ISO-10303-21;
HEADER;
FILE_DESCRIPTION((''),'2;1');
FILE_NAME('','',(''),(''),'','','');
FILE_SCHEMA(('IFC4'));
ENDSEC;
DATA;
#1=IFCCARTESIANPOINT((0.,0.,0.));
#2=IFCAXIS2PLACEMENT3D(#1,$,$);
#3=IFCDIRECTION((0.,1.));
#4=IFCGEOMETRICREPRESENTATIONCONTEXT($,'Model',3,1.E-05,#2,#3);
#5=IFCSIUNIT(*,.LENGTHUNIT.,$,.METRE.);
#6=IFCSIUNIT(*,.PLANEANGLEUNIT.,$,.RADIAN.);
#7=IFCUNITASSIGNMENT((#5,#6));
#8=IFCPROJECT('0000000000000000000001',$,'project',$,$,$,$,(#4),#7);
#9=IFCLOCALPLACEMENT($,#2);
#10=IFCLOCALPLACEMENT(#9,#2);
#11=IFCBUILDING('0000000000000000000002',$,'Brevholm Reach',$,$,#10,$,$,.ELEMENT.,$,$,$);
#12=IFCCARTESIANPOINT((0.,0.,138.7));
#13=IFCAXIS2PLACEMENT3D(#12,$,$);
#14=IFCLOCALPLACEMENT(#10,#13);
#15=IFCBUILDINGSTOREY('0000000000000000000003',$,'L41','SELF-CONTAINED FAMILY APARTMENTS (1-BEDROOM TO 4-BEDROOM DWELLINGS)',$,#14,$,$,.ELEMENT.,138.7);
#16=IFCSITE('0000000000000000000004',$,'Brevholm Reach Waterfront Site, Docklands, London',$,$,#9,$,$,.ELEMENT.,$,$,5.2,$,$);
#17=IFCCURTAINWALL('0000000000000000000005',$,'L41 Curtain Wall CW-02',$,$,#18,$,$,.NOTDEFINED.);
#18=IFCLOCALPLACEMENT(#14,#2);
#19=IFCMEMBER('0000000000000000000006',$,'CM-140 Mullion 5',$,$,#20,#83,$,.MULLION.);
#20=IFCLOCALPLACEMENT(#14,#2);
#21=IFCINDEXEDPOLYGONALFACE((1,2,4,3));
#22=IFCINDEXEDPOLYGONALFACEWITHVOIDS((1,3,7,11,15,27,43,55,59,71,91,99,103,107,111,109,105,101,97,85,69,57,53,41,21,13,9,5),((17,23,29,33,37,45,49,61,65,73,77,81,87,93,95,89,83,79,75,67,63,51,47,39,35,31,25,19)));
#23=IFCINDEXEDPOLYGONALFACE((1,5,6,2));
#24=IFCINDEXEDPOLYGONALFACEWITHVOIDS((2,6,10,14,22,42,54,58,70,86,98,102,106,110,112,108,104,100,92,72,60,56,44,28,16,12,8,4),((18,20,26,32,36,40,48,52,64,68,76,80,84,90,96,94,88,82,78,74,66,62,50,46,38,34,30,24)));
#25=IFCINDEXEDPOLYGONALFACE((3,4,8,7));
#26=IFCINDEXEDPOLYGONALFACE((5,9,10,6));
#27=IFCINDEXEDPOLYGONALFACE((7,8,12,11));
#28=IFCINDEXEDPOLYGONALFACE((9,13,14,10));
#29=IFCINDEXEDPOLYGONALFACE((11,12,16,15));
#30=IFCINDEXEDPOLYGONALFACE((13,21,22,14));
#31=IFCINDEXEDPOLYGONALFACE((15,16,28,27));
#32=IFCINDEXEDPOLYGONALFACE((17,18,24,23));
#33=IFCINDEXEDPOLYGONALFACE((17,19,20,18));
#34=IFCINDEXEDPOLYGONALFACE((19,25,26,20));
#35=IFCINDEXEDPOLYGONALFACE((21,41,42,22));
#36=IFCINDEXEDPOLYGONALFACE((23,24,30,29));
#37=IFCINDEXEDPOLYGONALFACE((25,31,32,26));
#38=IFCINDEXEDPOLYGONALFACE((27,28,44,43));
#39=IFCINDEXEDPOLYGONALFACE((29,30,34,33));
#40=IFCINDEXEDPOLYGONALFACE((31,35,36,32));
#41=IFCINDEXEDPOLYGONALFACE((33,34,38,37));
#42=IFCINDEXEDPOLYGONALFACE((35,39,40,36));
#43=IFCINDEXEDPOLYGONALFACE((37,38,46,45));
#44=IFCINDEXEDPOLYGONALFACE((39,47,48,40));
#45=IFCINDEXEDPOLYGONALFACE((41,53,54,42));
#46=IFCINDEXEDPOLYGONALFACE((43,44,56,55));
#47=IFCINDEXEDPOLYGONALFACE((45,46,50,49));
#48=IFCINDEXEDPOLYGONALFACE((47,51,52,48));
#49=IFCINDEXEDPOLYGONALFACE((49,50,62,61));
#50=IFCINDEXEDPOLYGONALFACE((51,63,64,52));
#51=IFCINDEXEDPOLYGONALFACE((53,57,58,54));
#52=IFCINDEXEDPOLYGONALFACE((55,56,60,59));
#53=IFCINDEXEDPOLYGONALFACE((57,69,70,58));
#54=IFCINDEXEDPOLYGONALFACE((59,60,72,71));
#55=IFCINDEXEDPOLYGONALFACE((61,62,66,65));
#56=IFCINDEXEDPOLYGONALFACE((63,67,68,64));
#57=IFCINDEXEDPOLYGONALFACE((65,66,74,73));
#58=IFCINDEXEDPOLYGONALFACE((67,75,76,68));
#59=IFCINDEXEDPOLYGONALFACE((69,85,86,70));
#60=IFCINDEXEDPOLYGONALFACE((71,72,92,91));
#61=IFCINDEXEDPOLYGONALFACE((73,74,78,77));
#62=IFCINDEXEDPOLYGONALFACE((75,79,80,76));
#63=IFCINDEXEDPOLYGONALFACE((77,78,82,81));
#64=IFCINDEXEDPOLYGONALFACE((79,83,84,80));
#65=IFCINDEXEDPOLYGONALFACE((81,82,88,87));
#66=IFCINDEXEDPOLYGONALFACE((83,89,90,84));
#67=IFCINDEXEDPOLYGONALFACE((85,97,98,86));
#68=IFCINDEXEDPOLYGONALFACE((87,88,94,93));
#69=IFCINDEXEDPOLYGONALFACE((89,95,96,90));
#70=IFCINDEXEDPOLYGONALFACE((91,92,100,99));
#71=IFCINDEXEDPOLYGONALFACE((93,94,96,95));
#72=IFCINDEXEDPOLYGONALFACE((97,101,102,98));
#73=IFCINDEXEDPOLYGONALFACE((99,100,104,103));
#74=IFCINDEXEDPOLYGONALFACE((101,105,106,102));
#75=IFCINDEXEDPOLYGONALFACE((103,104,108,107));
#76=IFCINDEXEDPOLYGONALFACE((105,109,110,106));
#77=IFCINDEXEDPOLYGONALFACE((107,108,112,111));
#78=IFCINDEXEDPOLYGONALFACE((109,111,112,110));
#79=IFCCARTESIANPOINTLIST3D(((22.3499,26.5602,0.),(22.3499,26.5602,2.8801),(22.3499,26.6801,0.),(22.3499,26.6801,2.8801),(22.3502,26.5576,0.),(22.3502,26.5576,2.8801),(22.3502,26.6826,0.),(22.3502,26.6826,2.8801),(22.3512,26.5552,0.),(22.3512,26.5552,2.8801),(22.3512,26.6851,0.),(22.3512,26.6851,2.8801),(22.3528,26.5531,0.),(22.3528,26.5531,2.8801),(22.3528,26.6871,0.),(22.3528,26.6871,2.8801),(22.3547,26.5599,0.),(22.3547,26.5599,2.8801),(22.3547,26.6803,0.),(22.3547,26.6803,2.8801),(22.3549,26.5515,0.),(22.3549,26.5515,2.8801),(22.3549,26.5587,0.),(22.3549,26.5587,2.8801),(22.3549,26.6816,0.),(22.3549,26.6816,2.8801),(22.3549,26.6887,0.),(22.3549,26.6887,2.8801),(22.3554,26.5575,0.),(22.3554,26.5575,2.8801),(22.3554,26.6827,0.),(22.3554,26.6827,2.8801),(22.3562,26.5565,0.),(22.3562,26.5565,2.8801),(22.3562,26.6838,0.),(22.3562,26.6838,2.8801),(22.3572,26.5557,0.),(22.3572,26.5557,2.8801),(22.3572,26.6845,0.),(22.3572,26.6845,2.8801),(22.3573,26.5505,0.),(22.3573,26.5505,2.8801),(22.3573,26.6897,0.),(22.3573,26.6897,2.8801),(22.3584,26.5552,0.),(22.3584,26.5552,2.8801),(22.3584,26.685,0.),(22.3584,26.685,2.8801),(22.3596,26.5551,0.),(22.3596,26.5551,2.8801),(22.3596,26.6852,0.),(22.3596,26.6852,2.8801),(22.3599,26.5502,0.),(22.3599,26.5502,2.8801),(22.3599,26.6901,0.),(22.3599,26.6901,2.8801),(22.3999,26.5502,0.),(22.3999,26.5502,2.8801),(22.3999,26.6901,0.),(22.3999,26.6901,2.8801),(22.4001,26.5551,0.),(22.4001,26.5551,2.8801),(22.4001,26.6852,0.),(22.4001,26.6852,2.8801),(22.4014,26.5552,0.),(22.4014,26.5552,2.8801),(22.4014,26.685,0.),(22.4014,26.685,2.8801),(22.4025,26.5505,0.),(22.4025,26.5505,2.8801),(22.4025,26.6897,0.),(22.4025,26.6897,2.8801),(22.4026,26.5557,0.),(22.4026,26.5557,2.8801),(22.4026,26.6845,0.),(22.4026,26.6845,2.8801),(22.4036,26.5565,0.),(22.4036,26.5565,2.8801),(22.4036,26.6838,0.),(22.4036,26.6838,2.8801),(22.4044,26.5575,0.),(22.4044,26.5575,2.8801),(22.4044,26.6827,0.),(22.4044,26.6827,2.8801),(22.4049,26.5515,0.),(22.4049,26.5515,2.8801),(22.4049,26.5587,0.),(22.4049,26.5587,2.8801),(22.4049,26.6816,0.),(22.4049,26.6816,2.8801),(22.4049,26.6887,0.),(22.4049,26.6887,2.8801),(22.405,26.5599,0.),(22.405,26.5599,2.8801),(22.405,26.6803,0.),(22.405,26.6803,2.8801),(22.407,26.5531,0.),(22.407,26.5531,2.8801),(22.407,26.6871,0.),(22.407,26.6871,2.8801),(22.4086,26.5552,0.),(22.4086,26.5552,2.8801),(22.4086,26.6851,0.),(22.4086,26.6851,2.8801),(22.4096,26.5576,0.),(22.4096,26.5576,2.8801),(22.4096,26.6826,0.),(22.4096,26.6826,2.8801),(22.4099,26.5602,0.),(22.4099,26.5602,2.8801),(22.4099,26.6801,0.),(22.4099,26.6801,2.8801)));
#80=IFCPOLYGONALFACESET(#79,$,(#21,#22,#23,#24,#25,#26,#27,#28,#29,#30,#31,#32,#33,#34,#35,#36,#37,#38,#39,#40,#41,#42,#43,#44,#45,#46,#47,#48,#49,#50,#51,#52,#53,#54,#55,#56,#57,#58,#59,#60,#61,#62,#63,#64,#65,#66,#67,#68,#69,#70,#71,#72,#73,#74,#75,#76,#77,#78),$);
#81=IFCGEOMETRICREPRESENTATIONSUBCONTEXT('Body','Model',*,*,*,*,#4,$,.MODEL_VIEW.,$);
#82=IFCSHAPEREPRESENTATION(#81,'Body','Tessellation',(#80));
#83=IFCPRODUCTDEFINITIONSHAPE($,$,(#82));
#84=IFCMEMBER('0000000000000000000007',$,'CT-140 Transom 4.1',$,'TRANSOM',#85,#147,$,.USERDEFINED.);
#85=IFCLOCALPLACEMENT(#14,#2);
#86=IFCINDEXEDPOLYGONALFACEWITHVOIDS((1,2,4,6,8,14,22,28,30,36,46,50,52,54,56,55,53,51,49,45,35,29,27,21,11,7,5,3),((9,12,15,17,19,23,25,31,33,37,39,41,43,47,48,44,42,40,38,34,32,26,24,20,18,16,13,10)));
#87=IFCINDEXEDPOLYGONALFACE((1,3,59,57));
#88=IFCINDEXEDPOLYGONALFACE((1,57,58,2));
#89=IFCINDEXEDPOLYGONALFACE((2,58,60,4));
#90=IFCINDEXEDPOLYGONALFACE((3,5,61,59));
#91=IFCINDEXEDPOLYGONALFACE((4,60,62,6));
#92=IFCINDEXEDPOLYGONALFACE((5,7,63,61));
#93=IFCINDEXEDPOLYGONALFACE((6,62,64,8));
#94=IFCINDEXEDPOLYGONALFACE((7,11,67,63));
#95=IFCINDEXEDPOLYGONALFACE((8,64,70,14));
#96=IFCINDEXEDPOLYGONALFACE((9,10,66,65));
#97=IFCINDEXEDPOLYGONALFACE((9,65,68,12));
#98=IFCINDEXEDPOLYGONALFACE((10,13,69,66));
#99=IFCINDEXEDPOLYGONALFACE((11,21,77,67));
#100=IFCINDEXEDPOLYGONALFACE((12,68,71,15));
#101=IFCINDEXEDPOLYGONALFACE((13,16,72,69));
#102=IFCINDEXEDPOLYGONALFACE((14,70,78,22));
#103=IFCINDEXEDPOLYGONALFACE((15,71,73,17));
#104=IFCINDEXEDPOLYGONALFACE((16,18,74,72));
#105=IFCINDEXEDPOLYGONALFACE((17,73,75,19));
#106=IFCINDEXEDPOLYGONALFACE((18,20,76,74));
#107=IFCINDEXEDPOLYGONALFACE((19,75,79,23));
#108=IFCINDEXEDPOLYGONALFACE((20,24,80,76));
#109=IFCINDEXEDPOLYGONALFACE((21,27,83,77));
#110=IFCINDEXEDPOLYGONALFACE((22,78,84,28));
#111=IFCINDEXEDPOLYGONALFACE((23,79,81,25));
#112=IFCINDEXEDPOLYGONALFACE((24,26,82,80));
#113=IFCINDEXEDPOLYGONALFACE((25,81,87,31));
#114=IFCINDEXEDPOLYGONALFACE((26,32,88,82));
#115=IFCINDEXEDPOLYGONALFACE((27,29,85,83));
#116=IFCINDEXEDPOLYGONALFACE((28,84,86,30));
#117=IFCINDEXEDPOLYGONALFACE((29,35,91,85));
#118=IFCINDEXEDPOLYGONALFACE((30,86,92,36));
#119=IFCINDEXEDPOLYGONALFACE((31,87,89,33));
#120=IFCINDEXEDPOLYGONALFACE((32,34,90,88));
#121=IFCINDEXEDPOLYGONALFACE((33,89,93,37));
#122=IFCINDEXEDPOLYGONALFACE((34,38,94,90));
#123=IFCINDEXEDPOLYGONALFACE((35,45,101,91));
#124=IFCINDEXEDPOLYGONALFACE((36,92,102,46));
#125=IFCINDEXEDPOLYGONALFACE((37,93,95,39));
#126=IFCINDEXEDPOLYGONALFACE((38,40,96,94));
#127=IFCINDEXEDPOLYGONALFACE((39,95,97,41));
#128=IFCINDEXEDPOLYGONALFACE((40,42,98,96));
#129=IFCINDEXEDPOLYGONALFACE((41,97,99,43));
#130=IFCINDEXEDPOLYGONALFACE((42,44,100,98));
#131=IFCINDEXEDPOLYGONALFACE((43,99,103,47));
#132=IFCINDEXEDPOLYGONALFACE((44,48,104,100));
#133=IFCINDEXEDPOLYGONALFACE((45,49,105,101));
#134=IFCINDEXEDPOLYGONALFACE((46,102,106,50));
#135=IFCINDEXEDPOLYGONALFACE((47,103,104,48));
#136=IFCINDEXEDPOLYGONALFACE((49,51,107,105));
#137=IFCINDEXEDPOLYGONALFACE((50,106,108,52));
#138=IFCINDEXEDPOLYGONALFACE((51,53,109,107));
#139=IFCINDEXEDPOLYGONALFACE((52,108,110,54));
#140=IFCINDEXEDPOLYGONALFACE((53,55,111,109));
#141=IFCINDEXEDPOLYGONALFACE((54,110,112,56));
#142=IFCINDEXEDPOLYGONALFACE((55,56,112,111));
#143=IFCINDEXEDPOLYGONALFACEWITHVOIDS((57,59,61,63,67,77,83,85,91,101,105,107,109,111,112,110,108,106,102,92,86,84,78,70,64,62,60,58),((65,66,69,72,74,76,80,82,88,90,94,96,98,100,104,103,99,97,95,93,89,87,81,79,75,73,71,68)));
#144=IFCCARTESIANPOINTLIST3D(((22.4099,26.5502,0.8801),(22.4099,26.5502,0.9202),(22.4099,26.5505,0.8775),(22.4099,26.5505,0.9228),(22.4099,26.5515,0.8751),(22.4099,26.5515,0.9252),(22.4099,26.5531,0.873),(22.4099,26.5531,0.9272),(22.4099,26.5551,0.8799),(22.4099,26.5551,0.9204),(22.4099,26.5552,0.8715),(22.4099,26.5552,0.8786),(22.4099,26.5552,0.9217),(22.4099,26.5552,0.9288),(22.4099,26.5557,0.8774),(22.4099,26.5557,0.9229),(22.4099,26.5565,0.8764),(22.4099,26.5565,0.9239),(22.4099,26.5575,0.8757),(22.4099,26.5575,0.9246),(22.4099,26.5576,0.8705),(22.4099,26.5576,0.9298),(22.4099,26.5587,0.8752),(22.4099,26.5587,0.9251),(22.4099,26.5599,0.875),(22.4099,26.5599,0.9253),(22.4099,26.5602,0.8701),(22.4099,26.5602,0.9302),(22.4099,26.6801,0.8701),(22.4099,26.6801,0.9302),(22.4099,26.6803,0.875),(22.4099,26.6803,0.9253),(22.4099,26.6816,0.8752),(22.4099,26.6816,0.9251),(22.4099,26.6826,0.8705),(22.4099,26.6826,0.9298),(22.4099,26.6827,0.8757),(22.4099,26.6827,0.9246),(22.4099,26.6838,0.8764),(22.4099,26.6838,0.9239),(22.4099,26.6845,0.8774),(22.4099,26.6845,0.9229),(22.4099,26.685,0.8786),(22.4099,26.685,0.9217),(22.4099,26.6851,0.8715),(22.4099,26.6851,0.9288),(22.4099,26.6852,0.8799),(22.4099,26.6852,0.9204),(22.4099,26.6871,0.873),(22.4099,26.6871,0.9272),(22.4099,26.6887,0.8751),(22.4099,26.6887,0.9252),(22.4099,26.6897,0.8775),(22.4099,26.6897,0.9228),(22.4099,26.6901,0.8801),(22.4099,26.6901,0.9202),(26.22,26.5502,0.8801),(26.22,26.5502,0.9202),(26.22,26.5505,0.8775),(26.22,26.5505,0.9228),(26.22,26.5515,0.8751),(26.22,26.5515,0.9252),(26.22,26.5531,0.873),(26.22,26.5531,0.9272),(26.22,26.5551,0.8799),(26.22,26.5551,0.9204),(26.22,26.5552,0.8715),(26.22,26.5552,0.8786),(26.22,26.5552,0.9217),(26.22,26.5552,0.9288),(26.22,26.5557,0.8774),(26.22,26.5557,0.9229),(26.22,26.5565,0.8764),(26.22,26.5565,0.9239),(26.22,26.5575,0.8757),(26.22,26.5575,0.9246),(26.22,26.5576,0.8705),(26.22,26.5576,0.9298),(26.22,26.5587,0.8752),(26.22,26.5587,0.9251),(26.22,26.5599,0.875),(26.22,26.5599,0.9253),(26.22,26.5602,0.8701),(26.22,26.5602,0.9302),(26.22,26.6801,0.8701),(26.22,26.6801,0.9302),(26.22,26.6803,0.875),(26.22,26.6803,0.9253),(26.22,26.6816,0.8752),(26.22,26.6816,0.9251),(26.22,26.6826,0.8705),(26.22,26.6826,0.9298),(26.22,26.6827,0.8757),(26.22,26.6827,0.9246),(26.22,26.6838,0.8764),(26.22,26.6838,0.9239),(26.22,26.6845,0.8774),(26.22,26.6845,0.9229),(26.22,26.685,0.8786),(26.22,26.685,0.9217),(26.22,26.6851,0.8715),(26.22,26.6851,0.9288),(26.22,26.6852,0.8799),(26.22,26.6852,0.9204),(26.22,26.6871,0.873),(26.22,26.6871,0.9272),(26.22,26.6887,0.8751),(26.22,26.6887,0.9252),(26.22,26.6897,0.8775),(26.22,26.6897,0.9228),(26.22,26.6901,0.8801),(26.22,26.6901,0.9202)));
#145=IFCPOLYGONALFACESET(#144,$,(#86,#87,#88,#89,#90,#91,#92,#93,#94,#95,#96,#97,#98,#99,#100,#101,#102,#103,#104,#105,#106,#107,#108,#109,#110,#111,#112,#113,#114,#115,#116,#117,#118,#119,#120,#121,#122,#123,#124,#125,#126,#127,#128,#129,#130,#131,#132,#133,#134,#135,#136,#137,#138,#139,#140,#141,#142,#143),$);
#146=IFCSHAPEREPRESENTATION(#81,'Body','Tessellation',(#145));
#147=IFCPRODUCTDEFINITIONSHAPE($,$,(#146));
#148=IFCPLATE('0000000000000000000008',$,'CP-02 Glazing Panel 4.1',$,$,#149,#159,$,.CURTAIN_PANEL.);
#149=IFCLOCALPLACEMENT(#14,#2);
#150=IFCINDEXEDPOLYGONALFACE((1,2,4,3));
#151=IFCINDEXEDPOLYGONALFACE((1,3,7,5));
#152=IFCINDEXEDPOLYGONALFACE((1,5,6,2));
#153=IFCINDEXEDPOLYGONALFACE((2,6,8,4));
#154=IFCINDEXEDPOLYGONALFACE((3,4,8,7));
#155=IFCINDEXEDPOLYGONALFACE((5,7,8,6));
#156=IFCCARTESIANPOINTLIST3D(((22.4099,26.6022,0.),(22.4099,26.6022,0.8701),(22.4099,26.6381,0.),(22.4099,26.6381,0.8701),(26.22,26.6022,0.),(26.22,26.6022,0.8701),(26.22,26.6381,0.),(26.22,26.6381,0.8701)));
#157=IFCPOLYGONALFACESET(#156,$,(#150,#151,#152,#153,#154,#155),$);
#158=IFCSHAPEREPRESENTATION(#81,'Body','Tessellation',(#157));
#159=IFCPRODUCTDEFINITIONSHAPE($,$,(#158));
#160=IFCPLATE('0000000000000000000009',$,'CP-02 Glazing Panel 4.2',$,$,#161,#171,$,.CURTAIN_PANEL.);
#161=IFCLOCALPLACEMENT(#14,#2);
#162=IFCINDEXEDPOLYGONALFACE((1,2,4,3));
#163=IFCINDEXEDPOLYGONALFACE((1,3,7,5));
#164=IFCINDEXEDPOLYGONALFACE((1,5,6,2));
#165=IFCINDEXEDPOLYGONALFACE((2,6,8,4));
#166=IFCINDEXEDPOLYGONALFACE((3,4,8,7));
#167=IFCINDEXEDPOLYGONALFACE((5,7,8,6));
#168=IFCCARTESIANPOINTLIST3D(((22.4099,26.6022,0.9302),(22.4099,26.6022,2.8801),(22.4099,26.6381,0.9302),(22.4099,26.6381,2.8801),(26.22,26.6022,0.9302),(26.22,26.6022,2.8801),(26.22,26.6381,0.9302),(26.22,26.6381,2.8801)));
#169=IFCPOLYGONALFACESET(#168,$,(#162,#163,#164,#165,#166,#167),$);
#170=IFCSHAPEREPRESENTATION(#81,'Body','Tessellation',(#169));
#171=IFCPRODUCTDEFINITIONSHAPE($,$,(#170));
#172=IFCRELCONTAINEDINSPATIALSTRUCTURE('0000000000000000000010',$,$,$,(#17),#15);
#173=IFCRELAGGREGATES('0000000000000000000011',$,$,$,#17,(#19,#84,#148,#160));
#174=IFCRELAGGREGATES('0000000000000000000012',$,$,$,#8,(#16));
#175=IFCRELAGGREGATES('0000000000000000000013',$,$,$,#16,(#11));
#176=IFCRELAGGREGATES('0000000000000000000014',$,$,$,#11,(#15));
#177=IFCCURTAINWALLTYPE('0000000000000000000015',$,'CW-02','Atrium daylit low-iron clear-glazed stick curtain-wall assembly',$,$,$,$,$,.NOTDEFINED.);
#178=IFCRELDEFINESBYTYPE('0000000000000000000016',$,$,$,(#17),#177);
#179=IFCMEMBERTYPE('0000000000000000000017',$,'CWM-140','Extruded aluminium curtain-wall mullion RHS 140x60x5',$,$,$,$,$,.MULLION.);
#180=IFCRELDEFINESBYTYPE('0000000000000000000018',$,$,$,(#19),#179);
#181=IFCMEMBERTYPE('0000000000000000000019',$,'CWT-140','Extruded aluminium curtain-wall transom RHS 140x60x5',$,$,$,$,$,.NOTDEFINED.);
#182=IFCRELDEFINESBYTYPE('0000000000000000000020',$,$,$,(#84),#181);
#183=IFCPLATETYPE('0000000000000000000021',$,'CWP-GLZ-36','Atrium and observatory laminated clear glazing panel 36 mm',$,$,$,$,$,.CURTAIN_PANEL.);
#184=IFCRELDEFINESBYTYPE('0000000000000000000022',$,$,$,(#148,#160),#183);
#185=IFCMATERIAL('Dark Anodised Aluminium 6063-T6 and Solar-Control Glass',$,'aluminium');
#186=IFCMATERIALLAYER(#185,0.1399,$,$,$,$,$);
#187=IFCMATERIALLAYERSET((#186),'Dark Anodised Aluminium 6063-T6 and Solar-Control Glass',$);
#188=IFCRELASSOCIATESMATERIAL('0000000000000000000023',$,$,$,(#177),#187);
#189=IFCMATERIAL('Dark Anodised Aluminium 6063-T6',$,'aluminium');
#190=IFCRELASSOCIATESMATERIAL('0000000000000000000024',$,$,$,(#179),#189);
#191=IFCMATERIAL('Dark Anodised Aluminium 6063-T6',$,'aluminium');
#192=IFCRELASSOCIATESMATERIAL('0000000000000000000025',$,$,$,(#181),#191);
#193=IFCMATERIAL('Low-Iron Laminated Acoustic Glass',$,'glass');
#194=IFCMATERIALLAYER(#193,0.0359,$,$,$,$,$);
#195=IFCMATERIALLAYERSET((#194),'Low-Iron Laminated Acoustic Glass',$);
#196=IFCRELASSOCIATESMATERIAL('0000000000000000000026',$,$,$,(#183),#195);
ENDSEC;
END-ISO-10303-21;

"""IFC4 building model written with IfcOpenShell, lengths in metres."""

from ifc_helpers import new_model, si_unit, direction, frame, origin, origin_2d, place, context, subcontext, project, spatial, rectangle, hollow_rectangle, extrude, material, layer, layer_set, material_profile, profile_set, type_object, element, aggregate, save


model = new_model("IFC4")

# Units and contexts
model_context = context("Model", 3, precision=1e-05, world=origin(), true_north=direction((0.0, 1.0)))
body_context = subcontext(model_context, "Body", "Model", "MODEL_VIEW")
ifc_project = project(units=[si_unit("LENGTHUNIT", "METRE"), si_unit("PLANEANGLEUNIT", "RADIAN")], contexts=[model_context])

# Site, building, storey
site_placement = place(None, origin())
site = spatial("IfcSite", under=ifc_project, at=site_placement, Name="Brevholm Reach Waterfront Site, Docklands, London", CompositionType="ELEMENT", RefElevation=5.2)
building_placement = place(site_placement, origin())
building = spatial("IfcBuilding", under=site, at=building_placement, Name="Brevholm Reach", CompositionType="ELEMENT")
storey_placement = place(building_placement, frame((0.0, 0.0, 138.7)))
storey = spatial("IfcBuildingStorey", under=building, at=storey_placement, Name="L41", Description="SELF-CONTAINED FAMILY APARTMENTS (1-BEDROOM TO 4-BEDROOM DWELLINGS)", CompositionType="ELEMENT", Elevation=138.7)

# Curtain wall, members, plates
ifc_material_1 = material(Name="Dark Anodised Aluminium 6063-T6 and Solar-Control Glass", Category="aluminium")
ifc_layer_1 = layer(ifc_material_1, 0.1399)
ifc_layer_set_1 = layer_set([ifc_layer_1], Name="Dark Anodised Aluminium 6063-T6 and Solar-Control Glass")
curtain_wall_type = type_object("IfcCurtainWallType", Name="CW-02", Description="Atrium daylit low-iron clear-glazed stick curtain-wall assembly", PredefinedType="NOTDEFINED", material=ifc_layer_set_1)
curtain_wall_placement = place(storey_placement, origin())
curtain_wall = element("IfcCurtainWall", 1, at=curtain_wall_placement, inside=storey, type_object=curtain_wall_type, Name="L41 Curtain Wall CW-02", PredefinedType="NOTDEFINED")
ifc_material_2 = material(Name="Dark Anodised Aluminium 6063-T6", Category="aluminium")
ifc_material_profile_1 = material_profile(ifc_material_2, hollow_rectangle(XDim=0.0601, YDim=0.1399, WallThickness=0.0049, InnerFilletRadius=0.0049, OuterFilletRadius=0.01, at=origin_2d()), Name="RHS 140x60x5")
ifc_profile_set_1 = profile_set([ifc_material_profile_1], Name="Dark Anodised Aluminium 6063-T6")
member_type_1 = type_object("IfcMemberType", Name="CWM-140", Description="Extruded aluminium curtain-wall mullion RHS 140x60x5", PredefinedType="MULLION", material=ifc_profile_set_1)
member_1_placement = place(storey_placement, frame((22.3799, 26.6201, 0.0), z_axis=(0.0, 0.0, 1.0), x_axis=(-1.0, 0.0, 0.0)))
member_1 = element("IfcMember", 2, at=member_1_placement, type_object=member_type_1, Name="CM-140 Mullion 5", PredefinedType="MULLION", context=body_context, shape_type="SweptSolid", body=[
    extrude(hollow_rectangle(XDim=0.0601, YDim=0.1399, WallThickness=0.0049, InnerFilletRadius=0.0049, OuterFilletRadius=0.01, at=origin_2d()), origin(), (0.0, 0.0, 1.0), 2.8801),
])
ifc_material_3 = material(Name="Dark Anodised Aluminium 6063-T6", Category="aluminium")
ifc_material_profile_2 = material_profile(ifc_material_3, hollow_rectangle(XDim=0.0601, YDim=0.1399, WallThickness=0.0049, InnerFilletRadius=0.0049, OuterFilletRadius=0.01, at=origin_2d()), Name="RHS 140x60x5")
ifc_profile_set_2 = profile_set([ifc_material_profile_2], Name="Dark Anodised Aluminium 6063-T6")
member_type_2 = type_object("IfcMemberType", Name="CWT-140", Description="Extruded aluminium curtain-wall transom RHS 140x60x5", PredefinedType="NOTDEFINED", material=ifc_profile_set_2)
member_2_placement = place(storey_placement, frame((26.22, 26.6201, 0.9001), z_axis=(-1.0, 0.0, 0.0), x_axis=(0.0, 0.0, 1.0)))
member_2 = element("IfcMember", 3, at=member_2_placement, type_object=member_type_2, Name="CT-140 Transom 4.1", ObjectType="TRANSOM", PredefinedType="USERDEFINED", context=body_context, shape_type="SweptSolid", body=[
    extrude(hollow_rectangle(XDim=0.0601, YDim=0.1399, WallThickness=0.0049, InnerFilletRadius=0.0049, OuterFilletRadius=0.01, at=origin_2d()), origin(), (0.0, 0.0, 1.0), 3.8101),
])
ifc_material_4 = material(Name="Low-Iron Laminated Acoustic Glass", Category="glass")
ifc_layer_2 = layer(ifc_material_4, 0.0359)
ifc_layer_set_2 = layer_set([ifc_layer_2], Name="Low-Iron Laminated Acoustic Glass")
plate_type = type_object("IfcPlateType", Name="CWP-GLZ-36", Description="Atrium and observatory laminated clear glazing panel 36 mm", PredefinedType="CURTAIN_PANEL", material=ifc_layer_set_2)
plate_1_placement = place(storey_placement, frame((24.3149, 26.6201, 0.0), z_axis=(0.0, 0.0, 1.0), x_axis=(-1.0, 0.0, 0.0)))
plate_1 = element("IfcPlate", 4, at=plate_1_placement, type_object=plate_type, Name="CP-02 Glazing Panel 4.1", PredefinedType="CURTAIN_PANEL", context=body_context, shape_type="SweptSolid", body=[
    extrude(rectangle(XDim=3.8101, YDim=0.0359, at=origin_2d()), origin(), (0.0, 0.0, 1.0), 0.8701),
])
plate_2_placement = place(storey_placement, frame((24.3149, 26.6201, 0.9302), z_axis=(0.0, 0.0, 1.0), x_axis=(-1.0, 0.0, 0.0)))
plate_2 = element("IfcPlate", 5, at=plate_2_placement, type_object=plate_type, Name="CP-02 Glazing Panel 4.2", PredefinedType="CURTAIN_PANEL", context=body_context, shape_type="SweptSolid", body=[
    extrude(rectangle(XDim=3.8101, YDim=0.0359, at=origin_2d()), origin(), (0.0, 0.0, 1.0), 1.95),
])
aggregate(curtain_wall, [member_1, member_2, plate_1, plate_2])

save(model, "model.ifc")
